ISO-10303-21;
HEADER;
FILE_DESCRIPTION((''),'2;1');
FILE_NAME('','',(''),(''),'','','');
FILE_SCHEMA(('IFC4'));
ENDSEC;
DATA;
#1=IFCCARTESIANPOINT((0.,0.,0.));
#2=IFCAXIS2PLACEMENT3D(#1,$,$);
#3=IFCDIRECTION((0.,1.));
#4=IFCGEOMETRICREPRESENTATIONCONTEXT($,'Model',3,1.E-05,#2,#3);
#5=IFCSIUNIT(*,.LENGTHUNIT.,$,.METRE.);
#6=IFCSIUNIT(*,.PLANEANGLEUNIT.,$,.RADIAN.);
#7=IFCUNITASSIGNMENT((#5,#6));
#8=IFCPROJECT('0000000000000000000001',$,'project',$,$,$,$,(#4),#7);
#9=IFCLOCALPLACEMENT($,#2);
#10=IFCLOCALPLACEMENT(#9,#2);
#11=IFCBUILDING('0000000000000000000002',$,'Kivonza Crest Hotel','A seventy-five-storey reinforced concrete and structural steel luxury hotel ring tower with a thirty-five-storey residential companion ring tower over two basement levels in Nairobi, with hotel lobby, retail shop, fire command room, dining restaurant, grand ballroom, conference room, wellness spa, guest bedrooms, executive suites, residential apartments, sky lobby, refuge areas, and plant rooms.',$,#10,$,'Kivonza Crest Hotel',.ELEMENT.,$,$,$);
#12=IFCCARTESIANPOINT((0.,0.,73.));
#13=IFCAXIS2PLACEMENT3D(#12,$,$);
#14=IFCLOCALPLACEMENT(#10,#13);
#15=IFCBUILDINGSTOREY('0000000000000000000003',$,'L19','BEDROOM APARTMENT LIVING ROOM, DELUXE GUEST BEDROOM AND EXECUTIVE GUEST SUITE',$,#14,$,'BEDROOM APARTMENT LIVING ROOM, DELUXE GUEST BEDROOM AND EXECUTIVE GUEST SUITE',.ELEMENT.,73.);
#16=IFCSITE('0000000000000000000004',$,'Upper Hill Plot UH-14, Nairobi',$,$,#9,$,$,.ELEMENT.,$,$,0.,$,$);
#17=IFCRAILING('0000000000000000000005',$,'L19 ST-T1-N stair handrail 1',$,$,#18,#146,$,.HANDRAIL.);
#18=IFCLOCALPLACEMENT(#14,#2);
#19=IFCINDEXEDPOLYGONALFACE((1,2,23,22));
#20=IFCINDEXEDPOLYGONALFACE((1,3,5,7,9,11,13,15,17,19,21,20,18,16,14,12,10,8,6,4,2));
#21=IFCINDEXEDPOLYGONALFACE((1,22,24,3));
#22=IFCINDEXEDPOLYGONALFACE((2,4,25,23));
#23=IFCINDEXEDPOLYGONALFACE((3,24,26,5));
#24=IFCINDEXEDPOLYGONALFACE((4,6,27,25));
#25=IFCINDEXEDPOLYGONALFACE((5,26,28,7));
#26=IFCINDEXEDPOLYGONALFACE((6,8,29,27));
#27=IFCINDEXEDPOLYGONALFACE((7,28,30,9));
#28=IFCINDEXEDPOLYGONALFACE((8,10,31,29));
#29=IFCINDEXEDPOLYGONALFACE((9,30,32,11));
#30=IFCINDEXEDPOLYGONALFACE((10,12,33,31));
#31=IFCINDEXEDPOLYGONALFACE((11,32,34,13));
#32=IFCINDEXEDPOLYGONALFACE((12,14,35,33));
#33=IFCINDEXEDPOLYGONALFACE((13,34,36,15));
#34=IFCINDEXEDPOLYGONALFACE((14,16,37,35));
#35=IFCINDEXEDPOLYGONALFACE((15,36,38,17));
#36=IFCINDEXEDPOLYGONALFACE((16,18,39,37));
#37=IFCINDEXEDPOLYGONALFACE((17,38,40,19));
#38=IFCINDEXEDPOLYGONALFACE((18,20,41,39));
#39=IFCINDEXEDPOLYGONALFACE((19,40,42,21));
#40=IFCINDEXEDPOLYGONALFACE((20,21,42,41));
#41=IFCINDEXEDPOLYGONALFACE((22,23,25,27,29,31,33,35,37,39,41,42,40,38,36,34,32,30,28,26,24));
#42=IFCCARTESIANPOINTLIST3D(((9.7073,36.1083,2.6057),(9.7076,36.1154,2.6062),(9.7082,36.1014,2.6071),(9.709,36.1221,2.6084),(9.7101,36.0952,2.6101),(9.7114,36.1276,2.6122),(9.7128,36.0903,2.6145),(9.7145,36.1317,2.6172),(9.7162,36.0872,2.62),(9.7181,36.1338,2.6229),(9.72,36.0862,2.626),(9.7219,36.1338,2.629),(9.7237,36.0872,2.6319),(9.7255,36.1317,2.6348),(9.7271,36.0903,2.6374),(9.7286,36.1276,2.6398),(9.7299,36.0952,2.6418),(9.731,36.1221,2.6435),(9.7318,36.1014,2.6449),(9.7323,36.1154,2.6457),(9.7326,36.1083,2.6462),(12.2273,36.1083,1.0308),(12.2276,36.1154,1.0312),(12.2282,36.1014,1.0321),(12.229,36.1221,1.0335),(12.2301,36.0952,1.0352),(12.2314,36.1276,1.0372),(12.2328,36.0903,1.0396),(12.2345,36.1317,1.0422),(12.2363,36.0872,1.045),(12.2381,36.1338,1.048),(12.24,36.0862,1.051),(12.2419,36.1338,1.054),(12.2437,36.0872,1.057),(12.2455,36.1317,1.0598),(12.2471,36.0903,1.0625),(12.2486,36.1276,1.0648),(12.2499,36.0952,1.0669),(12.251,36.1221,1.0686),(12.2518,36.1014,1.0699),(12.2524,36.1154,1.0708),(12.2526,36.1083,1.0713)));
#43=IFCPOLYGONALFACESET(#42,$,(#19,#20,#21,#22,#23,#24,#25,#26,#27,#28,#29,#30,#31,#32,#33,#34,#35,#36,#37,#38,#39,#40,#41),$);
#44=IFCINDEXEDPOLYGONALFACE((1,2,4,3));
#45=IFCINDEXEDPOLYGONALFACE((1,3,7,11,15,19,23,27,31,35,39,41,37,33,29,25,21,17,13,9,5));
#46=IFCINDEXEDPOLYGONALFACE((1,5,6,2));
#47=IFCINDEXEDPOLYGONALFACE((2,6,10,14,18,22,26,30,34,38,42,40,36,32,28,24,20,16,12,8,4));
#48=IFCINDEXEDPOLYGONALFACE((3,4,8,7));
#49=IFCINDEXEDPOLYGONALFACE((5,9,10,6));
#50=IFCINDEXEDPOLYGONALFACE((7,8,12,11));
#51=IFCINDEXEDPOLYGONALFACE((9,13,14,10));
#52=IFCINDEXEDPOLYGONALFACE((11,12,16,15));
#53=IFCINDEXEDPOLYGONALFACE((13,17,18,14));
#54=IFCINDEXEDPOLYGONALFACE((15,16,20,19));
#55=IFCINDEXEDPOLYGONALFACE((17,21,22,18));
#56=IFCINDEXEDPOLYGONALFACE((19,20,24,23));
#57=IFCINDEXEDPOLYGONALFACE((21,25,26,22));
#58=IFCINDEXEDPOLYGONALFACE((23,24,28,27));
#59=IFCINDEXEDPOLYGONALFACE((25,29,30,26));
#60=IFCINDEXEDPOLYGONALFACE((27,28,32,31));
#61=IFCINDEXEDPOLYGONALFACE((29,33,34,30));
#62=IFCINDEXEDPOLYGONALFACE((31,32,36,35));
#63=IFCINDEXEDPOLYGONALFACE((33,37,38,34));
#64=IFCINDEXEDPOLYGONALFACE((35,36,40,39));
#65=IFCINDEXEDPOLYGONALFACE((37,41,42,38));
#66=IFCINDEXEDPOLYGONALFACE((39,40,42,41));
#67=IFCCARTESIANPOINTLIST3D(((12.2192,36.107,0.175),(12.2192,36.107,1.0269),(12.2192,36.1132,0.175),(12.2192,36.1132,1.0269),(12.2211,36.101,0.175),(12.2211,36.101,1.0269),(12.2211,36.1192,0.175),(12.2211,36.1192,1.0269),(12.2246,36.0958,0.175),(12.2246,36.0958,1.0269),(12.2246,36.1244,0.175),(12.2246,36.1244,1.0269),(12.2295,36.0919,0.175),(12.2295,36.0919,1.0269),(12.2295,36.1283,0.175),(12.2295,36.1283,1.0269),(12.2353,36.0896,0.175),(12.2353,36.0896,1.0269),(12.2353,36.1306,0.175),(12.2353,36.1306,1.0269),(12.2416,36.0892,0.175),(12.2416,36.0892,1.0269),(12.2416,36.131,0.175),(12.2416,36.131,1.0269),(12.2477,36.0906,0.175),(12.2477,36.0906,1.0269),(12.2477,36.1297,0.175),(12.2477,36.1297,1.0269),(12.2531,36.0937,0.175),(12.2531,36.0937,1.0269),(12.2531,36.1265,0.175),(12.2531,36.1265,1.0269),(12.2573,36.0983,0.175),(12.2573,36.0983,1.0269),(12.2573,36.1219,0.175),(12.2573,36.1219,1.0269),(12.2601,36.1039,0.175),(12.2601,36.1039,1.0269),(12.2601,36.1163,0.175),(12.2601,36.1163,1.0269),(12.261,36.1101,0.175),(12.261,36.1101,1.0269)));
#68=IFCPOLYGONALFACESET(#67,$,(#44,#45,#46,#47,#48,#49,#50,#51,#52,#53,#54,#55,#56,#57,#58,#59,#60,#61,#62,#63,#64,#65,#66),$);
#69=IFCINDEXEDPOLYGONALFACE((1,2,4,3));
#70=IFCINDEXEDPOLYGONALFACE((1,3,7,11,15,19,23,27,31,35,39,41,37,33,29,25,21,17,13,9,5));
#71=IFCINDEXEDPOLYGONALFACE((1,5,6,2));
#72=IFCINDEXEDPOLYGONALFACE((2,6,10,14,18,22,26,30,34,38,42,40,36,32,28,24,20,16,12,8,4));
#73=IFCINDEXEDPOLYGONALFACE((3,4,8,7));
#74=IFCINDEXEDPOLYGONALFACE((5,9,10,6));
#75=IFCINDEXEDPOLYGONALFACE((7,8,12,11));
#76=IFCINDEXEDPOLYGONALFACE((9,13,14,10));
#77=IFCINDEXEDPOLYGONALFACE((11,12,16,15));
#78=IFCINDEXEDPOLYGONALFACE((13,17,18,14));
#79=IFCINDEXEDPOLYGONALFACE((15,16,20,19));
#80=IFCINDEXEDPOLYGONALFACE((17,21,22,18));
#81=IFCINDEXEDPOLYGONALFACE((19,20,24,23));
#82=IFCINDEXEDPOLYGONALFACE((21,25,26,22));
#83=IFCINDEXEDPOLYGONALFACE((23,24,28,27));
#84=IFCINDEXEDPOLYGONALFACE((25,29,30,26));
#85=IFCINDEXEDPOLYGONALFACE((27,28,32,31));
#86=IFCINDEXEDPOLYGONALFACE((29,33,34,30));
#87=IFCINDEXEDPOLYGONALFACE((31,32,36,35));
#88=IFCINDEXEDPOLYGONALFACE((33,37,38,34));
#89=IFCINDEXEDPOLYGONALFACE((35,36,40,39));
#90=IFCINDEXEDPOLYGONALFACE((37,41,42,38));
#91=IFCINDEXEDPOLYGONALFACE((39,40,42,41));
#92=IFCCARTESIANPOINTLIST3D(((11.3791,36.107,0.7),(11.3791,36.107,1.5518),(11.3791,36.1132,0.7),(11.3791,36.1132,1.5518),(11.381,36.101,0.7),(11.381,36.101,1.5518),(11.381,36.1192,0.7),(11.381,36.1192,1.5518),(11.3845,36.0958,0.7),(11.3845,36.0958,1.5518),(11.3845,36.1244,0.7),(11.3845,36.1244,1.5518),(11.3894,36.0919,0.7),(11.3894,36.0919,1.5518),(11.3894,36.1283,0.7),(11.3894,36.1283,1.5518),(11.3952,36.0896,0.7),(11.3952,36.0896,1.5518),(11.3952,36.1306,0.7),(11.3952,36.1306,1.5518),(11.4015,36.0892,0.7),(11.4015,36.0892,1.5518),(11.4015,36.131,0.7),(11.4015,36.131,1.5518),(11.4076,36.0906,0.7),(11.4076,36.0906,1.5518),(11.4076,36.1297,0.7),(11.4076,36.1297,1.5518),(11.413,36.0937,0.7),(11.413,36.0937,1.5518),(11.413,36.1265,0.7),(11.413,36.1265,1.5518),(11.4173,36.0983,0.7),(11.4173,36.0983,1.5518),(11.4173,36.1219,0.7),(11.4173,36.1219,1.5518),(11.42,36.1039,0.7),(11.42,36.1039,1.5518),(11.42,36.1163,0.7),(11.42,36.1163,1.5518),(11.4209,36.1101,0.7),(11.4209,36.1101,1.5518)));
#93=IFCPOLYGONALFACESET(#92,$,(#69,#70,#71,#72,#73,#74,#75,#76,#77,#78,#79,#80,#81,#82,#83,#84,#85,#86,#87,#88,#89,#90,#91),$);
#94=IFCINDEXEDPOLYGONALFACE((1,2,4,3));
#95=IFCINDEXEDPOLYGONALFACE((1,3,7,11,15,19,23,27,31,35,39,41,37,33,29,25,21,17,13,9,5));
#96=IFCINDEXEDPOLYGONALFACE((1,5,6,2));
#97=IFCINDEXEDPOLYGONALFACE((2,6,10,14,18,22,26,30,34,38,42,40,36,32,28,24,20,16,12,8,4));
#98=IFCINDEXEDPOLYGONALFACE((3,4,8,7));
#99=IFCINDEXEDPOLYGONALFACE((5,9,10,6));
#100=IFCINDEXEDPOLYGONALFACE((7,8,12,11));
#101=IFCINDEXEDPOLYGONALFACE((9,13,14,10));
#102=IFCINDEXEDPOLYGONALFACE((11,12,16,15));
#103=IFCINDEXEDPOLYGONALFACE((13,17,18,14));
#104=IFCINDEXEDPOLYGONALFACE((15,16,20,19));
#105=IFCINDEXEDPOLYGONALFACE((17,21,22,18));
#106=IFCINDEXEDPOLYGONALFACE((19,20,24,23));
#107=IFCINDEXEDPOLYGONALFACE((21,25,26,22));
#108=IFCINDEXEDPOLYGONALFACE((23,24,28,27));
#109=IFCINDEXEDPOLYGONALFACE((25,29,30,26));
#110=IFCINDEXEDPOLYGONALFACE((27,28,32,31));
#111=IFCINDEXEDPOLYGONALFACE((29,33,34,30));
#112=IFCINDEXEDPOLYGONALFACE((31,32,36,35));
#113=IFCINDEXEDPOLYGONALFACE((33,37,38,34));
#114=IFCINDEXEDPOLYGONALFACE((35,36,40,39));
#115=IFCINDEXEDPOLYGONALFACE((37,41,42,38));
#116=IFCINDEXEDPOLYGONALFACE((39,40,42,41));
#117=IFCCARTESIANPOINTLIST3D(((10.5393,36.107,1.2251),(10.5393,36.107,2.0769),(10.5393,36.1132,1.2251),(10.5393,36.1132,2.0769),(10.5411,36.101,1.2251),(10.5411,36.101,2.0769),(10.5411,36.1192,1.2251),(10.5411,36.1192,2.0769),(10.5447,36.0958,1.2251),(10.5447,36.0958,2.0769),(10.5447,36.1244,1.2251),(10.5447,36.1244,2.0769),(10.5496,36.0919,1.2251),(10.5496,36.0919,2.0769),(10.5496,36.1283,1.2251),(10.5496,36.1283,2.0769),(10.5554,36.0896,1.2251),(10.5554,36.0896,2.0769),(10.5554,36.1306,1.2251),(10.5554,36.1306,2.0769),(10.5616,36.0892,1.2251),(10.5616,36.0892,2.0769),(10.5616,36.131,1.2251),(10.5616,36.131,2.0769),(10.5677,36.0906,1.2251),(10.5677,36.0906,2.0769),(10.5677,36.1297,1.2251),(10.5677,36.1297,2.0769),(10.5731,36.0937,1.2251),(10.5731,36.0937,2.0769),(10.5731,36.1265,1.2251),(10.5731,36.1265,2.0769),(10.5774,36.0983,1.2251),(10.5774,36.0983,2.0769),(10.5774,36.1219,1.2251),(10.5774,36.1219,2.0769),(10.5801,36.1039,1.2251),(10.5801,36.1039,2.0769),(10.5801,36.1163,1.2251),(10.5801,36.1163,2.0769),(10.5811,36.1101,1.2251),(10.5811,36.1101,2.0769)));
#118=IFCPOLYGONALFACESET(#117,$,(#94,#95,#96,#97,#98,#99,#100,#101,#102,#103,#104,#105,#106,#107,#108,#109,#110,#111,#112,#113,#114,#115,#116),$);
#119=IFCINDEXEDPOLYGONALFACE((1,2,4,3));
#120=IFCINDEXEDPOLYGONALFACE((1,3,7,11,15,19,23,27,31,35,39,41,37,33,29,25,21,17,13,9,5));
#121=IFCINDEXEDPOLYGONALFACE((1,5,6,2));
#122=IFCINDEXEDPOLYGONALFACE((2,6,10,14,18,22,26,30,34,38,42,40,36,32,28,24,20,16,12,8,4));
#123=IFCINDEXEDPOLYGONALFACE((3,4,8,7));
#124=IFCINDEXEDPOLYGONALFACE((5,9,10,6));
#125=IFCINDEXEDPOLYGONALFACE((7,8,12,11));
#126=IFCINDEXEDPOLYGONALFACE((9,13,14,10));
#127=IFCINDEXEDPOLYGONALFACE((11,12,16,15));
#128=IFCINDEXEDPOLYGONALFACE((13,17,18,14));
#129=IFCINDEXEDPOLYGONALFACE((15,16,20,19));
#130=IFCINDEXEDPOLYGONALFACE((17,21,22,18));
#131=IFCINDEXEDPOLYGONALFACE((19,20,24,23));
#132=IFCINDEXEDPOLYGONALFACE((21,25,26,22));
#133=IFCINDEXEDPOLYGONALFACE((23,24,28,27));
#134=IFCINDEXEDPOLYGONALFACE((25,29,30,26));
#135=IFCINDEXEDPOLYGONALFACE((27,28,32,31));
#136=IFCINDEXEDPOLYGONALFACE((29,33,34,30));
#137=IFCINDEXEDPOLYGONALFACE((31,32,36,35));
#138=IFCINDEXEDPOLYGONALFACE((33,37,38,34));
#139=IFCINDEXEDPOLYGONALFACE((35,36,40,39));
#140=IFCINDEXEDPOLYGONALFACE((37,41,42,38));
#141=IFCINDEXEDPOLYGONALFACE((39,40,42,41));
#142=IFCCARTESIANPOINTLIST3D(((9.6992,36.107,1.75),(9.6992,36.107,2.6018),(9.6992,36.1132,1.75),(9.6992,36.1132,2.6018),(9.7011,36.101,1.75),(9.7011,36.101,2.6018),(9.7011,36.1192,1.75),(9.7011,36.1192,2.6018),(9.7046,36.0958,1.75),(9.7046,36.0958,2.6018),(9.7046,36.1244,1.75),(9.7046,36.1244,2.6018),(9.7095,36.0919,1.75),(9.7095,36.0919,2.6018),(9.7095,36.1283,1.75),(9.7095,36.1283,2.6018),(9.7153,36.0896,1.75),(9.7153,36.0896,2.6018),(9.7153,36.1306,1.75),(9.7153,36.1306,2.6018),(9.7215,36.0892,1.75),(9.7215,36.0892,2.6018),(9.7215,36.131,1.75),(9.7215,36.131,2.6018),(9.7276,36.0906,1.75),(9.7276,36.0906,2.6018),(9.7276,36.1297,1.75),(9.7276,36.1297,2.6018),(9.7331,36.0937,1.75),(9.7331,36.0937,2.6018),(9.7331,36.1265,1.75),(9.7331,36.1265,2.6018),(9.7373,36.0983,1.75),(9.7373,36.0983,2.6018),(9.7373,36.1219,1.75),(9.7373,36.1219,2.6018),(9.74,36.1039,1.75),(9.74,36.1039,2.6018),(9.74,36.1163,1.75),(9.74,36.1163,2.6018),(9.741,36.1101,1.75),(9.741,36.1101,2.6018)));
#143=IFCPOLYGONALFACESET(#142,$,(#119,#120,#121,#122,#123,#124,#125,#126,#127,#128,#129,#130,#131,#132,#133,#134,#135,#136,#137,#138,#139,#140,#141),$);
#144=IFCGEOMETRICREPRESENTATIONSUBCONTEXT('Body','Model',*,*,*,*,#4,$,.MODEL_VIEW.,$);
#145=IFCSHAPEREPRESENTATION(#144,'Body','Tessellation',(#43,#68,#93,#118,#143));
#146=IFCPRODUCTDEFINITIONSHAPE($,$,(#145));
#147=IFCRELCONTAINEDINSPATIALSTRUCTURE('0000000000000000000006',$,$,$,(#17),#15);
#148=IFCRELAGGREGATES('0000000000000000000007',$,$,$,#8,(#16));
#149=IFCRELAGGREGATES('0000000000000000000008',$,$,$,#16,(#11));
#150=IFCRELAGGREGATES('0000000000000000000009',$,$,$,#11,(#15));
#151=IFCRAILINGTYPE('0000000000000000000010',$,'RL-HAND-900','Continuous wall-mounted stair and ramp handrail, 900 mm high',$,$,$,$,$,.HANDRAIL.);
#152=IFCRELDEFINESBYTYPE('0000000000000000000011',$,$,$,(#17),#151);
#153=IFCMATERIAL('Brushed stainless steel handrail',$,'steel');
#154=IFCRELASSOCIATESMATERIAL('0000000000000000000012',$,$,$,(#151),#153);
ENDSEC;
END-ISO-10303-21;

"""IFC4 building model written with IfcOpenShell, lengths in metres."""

from ifc_helpers import new_model, si_unit, direction, frame, origin, origin_2d, place, context, subcontext, project, spatial, circle, extrude, material, type_object, element, save


model = new_model("IFC4")

# Units and contexts
model_context = context("Model", 3, precision=1e-05, world=origin(), true_north=direction((0.0, 1.0)))
body_context = subcontext(model_context, "Body", "Model", "MODEL_VIEW")
ifc_project = project(units=[si_unit("LENGTHUNIT", "METRE"), si_unit("PLANEANGLEUNIT", "RADIAN")], contexts=[model_context])

# Site, building, storey
site_placement = place(None, origin())
site = spatial("IfcSite", under=ifc_project, at=site_placement, Name="Upper Hill Plot UH-14, Nairobi", CompositionType="ELEMENT", RefElevation=0.0)
building_placement = place(site_placement, origin())
building = spatial("IfcBuilding", under=site, at=building_placement, Name="Kivonza Crest Hotel", Description="A seventy-five-storey reinforced concrete and structural steel luxury hotel ring tower with a thirty-five-storey residential companion ring tower over two basement levels in Nairobi, with hotel lobby, retail shop, fire command room, dining restaurant, grand ballroom, conference room, wellness spa, guest bedrooms, executive suites, residential apartments, sky lobby, refuge areas, and plant rooms.", LongName="Kivonza Crest Hotel", CompositionType="ELEMENT")
storey_placement = place(building_placement, frame((0.0, 0.0, 73.0)))
storey = spatial("IfcBuildingStorey", under=building, at=storey_placement, Name="L19", Description="BEDROOM APARTMENT LIVING ROOM, DELUXE GUEST BEDROOM AND EXECUTIVE GUEST SUITE", LongName="BEDROOM APARTMENT LIVING ROOM, DELUXE GUEST BEDROOM AND EXECUTIVE GUEST SUITE", CompositionType="ELEMENT", Elevation=73.0)

# Railing
ifc_material_1 = material(Name="Brushed stainless steel handrail", Category="steel")
railing_type_1 = type_object("IfcRailingType", Name="RL-HAND-900", Description="Continuous wall-mounted stair and ramp handrail, 900 mm high", PredefinedType="HANDRAIL", material=ifc_material_1)
railing_1_placement = place(storey_placement, frame((12.24, 36.1101, 0.175)))
element("IfcRailing", 1, at=railing_1_placement, inside=storey, type_object=railing_type_1, Name="L19 ST-T1-N stair handrail 1", PredefinedType="HANDRAIL", context=body_context, shape_type="SweptSolid", body=[
    extrude(circle(Radius=0.0239, at=origin_2d()), frame((0.0, 0.0, 0.876), z_axis=(-0.848008, 0.0, 0.529984), x_axis=(0.0, -1.0, 0.0)), (0.0, 0.0, 1.0), 2.9717),
    extrude(circle(Radius=0.021, at=origin_2d()), origin(), (0.0, 0.0, 1.0), 0.8518),
    extrude(circle(Radius=0.021, at=origin_2d()), frame((-0.8401, 0.0, 0.5249)), (0.0, 0.0, 1.0), 0.8518),
    extrude(circle(Radius=0.021, at=origin_2d()), frame((-1.6799, 0.0, 1.05)), (0.0, 0.0, 1.0), 0.8518),
    extrude(circle(Radius=0.021, at=origin_2d()), frame((-2.52, 0.0, 1.575)), (0.0, 0.0, 1.0), 0.8518),
])

save(model, "model.ifc")
